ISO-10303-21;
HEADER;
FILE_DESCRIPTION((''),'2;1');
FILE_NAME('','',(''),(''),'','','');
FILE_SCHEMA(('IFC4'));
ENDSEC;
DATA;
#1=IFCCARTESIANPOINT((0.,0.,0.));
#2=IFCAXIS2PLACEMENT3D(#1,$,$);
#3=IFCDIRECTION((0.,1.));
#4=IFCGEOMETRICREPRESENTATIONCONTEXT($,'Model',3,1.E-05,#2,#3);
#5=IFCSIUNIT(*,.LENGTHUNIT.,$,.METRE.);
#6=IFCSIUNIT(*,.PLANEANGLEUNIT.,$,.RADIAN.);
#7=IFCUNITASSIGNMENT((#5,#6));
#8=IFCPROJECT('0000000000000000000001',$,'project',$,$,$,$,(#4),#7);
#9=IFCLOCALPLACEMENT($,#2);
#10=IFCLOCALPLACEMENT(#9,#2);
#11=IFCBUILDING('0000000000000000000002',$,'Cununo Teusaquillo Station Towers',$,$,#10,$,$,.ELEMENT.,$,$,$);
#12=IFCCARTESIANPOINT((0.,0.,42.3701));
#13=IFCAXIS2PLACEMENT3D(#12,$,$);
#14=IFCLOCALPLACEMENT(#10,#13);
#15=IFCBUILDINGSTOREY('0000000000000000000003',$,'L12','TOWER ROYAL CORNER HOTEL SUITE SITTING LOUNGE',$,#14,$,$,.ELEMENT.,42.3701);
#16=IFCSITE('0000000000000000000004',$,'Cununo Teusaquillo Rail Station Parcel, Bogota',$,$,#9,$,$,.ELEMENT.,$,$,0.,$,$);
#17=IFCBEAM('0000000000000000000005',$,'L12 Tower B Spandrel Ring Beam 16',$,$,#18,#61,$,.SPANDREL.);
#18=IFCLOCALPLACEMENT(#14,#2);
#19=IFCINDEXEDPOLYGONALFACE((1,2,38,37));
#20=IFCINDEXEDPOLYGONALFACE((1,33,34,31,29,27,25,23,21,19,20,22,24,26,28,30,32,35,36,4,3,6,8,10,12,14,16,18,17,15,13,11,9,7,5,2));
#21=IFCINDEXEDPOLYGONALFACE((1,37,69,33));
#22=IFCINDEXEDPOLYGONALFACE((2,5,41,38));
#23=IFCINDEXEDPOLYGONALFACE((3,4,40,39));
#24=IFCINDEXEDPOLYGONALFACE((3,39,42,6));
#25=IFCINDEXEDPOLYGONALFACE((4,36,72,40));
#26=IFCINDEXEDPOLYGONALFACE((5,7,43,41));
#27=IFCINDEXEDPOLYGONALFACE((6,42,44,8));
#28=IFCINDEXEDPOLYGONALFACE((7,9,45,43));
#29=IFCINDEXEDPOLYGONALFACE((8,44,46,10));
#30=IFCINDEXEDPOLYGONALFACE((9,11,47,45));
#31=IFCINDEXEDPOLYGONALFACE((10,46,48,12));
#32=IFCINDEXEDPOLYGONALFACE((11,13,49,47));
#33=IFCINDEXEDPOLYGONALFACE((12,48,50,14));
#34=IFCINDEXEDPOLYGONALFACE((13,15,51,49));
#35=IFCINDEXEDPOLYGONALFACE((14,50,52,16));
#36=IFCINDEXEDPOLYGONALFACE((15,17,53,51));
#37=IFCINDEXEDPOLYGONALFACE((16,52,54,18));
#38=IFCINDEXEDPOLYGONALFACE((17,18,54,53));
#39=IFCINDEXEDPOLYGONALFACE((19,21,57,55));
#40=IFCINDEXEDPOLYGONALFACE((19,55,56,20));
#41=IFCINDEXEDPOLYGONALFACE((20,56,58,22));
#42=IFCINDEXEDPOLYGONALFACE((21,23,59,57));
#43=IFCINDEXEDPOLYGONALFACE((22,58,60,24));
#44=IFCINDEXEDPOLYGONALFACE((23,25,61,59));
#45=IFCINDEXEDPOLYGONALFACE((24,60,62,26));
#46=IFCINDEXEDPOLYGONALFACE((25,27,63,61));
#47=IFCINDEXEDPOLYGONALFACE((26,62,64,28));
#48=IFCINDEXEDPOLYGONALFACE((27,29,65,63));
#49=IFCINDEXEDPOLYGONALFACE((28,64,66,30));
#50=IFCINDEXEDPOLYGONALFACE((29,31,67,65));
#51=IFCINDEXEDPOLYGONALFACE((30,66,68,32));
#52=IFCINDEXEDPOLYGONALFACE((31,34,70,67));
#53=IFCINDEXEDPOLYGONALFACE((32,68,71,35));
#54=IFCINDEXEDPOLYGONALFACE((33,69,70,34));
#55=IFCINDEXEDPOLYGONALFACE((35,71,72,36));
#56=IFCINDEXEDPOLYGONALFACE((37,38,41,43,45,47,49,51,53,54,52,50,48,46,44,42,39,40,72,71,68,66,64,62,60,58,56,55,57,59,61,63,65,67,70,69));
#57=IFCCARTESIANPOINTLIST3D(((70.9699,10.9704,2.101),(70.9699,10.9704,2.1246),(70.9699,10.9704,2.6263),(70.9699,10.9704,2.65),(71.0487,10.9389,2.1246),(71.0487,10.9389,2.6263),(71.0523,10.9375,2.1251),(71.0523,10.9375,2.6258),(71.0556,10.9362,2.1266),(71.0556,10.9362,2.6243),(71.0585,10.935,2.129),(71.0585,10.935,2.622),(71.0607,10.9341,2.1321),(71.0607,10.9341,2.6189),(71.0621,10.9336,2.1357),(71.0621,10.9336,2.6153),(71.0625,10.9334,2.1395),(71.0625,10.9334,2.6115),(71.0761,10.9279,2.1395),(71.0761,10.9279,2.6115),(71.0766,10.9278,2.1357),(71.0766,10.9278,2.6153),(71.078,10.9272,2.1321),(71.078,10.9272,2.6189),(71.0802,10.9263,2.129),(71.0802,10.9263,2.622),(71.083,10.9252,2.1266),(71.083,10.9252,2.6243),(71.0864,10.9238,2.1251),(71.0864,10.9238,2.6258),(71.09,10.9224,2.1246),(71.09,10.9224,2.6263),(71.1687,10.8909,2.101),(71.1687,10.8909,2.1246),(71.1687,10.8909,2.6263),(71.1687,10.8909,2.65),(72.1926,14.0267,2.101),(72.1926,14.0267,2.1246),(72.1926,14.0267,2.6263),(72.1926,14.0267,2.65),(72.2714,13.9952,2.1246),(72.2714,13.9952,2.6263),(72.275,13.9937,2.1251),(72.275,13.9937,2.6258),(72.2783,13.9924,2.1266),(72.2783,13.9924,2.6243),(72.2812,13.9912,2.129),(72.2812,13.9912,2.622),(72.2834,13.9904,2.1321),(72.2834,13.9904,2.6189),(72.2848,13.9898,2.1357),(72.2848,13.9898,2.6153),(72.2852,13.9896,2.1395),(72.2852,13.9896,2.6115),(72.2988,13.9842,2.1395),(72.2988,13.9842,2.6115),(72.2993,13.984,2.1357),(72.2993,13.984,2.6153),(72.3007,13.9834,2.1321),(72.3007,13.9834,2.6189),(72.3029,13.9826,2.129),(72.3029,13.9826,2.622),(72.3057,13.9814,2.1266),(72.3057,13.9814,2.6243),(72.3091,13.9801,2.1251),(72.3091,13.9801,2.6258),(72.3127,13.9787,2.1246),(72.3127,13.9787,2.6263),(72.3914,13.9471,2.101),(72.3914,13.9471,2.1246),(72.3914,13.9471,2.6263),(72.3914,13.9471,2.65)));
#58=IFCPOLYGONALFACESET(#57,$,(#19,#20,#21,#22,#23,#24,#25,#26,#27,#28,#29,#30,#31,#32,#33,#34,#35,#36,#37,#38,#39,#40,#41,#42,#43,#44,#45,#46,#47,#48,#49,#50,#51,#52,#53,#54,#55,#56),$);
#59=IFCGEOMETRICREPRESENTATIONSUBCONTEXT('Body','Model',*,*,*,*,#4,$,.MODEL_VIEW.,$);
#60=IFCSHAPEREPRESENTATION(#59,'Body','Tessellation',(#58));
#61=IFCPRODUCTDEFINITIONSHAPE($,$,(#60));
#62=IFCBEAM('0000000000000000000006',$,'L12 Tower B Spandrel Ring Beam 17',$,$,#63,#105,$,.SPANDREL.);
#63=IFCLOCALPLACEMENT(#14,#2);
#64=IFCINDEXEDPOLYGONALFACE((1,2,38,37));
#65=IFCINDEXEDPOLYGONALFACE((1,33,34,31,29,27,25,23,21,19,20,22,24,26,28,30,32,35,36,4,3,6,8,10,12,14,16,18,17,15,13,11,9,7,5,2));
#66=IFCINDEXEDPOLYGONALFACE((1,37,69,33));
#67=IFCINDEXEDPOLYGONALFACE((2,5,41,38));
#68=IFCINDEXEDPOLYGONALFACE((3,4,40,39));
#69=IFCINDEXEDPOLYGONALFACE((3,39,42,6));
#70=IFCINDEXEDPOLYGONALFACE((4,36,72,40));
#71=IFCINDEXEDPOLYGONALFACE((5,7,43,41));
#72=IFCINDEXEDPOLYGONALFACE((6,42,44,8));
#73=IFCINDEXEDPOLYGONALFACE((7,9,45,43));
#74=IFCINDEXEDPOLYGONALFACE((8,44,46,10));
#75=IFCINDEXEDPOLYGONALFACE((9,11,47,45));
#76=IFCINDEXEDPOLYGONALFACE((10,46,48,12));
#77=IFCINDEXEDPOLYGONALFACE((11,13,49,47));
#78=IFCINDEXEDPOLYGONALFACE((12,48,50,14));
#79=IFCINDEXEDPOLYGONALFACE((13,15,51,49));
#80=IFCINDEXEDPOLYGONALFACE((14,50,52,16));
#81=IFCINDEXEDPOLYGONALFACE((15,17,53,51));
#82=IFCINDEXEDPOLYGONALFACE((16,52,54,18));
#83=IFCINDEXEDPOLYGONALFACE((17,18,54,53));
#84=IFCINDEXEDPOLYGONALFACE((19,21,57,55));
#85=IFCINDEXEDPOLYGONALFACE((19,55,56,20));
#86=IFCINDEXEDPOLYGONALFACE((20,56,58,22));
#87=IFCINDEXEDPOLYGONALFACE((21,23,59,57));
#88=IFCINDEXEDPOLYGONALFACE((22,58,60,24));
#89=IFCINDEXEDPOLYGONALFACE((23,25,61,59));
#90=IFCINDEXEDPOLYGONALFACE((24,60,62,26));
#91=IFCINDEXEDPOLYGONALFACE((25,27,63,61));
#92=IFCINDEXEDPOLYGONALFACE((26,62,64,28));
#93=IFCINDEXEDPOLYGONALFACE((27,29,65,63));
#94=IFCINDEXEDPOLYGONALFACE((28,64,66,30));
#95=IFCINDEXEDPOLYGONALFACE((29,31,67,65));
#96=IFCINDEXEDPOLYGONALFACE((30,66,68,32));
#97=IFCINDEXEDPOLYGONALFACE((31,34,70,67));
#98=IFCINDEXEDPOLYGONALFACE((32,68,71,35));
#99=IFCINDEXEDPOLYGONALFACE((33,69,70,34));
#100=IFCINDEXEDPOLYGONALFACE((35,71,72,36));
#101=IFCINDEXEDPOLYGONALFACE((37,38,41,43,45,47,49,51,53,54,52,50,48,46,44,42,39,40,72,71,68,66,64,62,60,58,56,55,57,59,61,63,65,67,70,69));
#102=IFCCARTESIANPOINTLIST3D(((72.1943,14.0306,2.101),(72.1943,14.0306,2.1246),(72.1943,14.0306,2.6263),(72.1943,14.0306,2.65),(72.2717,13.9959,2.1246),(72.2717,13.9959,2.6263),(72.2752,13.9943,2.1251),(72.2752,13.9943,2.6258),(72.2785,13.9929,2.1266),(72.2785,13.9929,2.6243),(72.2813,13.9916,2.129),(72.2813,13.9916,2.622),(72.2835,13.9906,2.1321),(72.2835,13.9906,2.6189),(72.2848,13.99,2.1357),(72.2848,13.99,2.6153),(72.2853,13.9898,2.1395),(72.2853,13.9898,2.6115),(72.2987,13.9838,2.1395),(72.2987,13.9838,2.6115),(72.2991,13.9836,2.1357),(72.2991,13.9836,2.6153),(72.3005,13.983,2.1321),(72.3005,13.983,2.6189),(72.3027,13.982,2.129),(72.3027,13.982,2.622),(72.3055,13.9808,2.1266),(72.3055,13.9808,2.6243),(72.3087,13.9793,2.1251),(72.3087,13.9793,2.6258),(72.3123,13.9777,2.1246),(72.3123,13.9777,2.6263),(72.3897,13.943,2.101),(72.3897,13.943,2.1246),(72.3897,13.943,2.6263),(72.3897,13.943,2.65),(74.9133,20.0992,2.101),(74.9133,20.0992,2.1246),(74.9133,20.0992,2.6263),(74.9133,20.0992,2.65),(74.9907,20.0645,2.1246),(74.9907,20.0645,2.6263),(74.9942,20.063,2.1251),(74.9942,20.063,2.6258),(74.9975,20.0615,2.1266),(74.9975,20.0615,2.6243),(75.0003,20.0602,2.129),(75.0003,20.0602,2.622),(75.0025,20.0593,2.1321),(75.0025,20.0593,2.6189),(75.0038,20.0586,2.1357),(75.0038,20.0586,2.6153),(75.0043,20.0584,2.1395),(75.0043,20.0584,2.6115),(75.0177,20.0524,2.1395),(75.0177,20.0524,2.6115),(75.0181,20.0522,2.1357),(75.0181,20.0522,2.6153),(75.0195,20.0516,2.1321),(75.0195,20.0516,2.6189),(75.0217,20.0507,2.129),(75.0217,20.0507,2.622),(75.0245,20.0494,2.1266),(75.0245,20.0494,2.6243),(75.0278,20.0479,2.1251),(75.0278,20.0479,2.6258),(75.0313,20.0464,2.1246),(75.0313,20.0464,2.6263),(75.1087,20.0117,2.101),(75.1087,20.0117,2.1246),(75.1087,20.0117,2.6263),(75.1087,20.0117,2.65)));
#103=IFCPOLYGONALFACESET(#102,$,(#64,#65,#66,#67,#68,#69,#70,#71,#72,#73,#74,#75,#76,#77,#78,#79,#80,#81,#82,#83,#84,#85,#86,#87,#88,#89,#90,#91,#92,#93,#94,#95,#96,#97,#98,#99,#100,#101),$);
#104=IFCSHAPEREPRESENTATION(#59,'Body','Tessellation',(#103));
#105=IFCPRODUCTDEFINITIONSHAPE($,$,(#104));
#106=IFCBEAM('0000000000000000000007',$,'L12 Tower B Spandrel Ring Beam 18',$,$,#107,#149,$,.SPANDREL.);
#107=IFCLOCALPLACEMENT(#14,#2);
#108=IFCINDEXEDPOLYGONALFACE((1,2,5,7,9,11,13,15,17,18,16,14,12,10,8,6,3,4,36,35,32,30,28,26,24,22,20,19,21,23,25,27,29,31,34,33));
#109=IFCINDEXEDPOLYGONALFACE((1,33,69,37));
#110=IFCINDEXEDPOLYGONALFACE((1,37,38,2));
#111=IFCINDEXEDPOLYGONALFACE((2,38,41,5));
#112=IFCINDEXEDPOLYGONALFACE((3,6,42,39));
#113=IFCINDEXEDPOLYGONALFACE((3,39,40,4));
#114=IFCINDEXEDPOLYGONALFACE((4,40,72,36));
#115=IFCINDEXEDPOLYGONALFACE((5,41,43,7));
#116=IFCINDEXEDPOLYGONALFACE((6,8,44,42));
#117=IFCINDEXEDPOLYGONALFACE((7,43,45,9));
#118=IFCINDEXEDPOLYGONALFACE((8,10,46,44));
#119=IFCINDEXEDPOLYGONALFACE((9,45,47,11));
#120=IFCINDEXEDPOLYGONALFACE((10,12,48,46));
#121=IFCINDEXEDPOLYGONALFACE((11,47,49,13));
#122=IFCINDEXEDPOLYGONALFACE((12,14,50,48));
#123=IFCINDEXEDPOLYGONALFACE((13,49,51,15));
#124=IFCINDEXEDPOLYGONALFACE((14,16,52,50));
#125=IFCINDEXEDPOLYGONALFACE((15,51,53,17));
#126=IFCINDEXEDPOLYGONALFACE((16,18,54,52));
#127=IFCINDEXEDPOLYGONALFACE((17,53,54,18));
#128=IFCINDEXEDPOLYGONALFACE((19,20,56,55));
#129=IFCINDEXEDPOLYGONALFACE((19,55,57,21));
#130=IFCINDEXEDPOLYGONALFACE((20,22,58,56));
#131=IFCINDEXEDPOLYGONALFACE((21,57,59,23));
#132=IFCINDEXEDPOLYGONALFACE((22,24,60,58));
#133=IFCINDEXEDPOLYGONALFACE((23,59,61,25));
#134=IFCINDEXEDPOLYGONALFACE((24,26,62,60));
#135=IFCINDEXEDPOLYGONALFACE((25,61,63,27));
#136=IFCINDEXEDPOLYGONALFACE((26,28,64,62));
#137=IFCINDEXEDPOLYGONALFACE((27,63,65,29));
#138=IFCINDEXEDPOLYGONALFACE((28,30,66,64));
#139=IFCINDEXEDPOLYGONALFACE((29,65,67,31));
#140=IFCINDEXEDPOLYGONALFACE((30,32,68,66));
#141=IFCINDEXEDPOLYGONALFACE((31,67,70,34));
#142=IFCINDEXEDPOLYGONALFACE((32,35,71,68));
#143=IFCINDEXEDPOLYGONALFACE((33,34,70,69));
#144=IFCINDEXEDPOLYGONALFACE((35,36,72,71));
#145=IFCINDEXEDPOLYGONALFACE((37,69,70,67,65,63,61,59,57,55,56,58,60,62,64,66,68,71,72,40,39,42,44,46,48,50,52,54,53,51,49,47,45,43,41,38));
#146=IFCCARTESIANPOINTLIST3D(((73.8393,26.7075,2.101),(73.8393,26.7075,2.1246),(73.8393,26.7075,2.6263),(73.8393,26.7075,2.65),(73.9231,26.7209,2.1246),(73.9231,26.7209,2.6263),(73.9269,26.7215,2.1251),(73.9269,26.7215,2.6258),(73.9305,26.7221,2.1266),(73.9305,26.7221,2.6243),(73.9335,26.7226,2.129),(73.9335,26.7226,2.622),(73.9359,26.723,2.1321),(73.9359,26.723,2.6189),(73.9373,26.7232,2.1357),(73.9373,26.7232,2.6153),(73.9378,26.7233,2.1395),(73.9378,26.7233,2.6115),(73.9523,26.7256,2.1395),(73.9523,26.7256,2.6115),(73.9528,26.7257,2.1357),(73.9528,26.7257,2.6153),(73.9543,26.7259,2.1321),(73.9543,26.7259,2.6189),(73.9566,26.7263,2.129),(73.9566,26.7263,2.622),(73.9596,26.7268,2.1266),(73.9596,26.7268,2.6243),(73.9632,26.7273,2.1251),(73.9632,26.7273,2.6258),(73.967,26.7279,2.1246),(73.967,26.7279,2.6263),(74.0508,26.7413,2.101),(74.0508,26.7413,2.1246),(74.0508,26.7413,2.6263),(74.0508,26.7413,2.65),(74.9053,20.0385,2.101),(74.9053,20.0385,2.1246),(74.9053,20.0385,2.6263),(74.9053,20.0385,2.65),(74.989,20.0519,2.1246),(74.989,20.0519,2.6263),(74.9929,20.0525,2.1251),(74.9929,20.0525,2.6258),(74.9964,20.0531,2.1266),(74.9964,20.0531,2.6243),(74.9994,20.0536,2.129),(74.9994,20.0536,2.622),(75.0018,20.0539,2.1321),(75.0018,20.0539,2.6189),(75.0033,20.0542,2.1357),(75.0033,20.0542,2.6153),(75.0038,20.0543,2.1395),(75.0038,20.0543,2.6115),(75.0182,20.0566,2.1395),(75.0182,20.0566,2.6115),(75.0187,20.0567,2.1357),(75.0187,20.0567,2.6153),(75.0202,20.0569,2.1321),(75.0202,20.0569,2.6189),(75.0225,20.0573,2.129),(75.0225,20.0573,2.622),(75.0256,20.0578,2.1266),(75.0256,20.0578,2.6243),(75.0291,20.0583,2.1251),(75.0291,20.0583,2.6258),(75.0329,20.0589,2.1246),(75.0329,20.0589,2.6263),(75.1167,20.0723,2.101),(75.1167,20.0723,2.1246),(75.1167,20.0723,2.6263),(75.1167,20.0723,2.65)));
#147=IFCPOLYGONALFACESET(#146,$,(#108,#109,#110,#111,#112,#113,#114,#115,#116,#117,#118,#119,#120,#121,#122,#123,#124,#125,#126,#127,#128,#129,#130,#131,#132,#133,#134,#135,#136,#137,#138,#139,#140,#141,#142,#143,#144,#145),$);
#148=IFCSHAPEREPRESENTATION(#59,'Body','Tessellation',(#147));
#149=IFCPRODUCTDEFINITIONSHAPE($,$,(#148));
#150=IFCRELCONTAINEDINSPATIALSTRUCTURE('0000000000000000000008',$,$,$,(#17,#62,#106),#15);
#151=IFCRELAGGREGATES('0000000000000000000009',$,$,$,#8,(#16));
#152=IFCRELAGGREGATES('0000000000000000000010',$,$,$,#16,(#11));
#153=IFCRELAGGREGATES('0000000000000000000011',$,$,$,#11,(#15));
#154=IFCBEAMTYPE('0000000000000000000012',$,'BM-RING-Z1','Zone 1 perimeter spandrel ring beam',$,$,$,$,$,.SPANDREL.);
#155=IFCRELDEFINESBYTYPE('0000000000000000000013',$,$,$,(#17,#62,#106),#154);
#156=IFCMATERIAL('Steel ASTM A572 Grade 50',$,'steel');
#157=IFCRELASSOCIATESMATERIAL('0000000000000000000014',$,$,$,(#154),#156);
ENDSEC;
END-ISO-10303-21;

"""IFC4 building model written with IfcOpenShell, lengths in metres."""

from ifc_helpers import new_model, si_unit, direction, frame, origin, origin_2d, place, context, subcontext, project, spatial, i_section, extrude, material, material_profile, profile_set, type_object, element, save


model = new_model("IFC4")

# Units and contexts
model_context = context("Model", 3, precision=1e-05, world=origin(), true_north=direction((0.0, 1.0)))
body_context = subcontext(model_context, "Body", "Model", "MODEL_VIEW")
ifc_project = project(units=[si_unit("LENGTHUNIT", "METRE"), si_unit("PLANEANGLEUNIT", "RADIAN")], contexts=[model_context])

# Site, building, storey
site_placement = place(None, origin())
site = spatial("IfcSite", under=ifc_project, at=site_placement, Name="Cununo Teusaquillo Rail Station Parcel, Bogota", CompositionType="ELEMENT", RefElevation=0.0)
building_placement = place(site_placement, origin())
building = spatial("IfcBuilding", under=site, at=building_placement, Name="Cununo Teusaquillo Station Towers", CompositionType="ELEMENT")
storey_placement = place(building_placement, frame((0.0, 0.0, 42.3701)))
storey = spatial("IfcBuildingStorey", under=building, at=storey_placement, Name="L12", Description="TOWER ROYAL CORNER HOTEL SUITE SITTING LOUNGE", CompositionType="ELEMENT", Elevation=42.3701)

# Beams
ifc_material_1 = material(Name="Steel ASTM A572 Grade 50", Category="steel")
ifc_material_profile_1 = material_profile(ifc_material_1, i_section(OverallWidth=0.2141, OverallDepth=0.5491, WebThickness=0.0146, FlangeThickness=0.0237, FilletRadius=0.0149, at=origin_2d()), Name="W21X93")
ifc_profile_set_1 = profile_set([ifc_material_profile_1], Name="Steel ASTM A572 Grade 50")
beam_type_1 = type_object("IfcBeamType", Name="BM-RING-Z1", Description="Zone 1 perimeter spandrel ring beam", PredefinedType="SPANDREL", material=ifc_profile_set_1)
for number, where, z_axis, x_axis, name in (
    (1, (71.0693, 10.9307, 2.3755), (0.371442, 0.928456, 0.0), (-0.928456, 0.371442, 0.0), "L12 Tower B Spandrel Ring Beam 16"),
):
    element("IfcBeam", number, at=place(storey_placement, frame(where, z_axis=z_axis, x_axis=x_axis)), inside=storey, type_object=beam_type_1, Name=name, PredefinedType="SPANDREL", context=body_context, shape_type="SweptSolid", body=[
        extrude(i_section(OverallWidth=0.2141, OverallDepth=0.5491, WebThickness=0.0146, FlangeThickness=0.0237, FilletRadius=0.0149, at=origin_2d()), origin(), (0.0, 0.0, 1.0), 3.2917),
    ])
beam_1_placement = place(storey_placement, frame((72.292, 13.9868, 2.3755), z_axis=(0.408879, 0.912589, 0.0), x_axis=(-0.912589, 0.408879, 0.0)))
element("IfcBeam", 2, at=beam_1_placement, inside=storey, type_object=beam_type_1, Name="L12 Tower B Spandrel Ring Beam 17", PredefinedType="SPANDREL", context=body_context, shape_type="SweptSolid", body=[
    extrude(i_section(OverallWidth=0.2141, OverallDepth=0.5491, WebThickness=0.0146, FlangeThickness=0.0237, FilletRadius=0.0149, at=origin_2d()), origin(), (0.0, 0.0, 1.0), 6.6499),
])
beam_2_placement = place(storey_placement, frame((75.011, 20.0554, 2.3755), z_axis=(-0.15783, 0.987466, 0.0), x_axis=(-0.987466, -0.15783, 0.0)))
element("IfcBeam", 3, at=beam_2_placement, inside=storey, type_object=beam_type_1, Name="L12 Tower B Spandrel Ring Beam 18", PredefinedType="SPANDREL", context=body_context, shape_type="SweptSolid", body=[
    extrude(i_section(OverallWidth=0.2141, OverallDepth=0.5491, WebThickness=0.0146, FlangeThickness=0.0237, FilletRadius=0.0149, at=origin_2d()), origin(), (0.0, 0.0, 1.0), 6.7537),
])

save(model, "model.ifc")
